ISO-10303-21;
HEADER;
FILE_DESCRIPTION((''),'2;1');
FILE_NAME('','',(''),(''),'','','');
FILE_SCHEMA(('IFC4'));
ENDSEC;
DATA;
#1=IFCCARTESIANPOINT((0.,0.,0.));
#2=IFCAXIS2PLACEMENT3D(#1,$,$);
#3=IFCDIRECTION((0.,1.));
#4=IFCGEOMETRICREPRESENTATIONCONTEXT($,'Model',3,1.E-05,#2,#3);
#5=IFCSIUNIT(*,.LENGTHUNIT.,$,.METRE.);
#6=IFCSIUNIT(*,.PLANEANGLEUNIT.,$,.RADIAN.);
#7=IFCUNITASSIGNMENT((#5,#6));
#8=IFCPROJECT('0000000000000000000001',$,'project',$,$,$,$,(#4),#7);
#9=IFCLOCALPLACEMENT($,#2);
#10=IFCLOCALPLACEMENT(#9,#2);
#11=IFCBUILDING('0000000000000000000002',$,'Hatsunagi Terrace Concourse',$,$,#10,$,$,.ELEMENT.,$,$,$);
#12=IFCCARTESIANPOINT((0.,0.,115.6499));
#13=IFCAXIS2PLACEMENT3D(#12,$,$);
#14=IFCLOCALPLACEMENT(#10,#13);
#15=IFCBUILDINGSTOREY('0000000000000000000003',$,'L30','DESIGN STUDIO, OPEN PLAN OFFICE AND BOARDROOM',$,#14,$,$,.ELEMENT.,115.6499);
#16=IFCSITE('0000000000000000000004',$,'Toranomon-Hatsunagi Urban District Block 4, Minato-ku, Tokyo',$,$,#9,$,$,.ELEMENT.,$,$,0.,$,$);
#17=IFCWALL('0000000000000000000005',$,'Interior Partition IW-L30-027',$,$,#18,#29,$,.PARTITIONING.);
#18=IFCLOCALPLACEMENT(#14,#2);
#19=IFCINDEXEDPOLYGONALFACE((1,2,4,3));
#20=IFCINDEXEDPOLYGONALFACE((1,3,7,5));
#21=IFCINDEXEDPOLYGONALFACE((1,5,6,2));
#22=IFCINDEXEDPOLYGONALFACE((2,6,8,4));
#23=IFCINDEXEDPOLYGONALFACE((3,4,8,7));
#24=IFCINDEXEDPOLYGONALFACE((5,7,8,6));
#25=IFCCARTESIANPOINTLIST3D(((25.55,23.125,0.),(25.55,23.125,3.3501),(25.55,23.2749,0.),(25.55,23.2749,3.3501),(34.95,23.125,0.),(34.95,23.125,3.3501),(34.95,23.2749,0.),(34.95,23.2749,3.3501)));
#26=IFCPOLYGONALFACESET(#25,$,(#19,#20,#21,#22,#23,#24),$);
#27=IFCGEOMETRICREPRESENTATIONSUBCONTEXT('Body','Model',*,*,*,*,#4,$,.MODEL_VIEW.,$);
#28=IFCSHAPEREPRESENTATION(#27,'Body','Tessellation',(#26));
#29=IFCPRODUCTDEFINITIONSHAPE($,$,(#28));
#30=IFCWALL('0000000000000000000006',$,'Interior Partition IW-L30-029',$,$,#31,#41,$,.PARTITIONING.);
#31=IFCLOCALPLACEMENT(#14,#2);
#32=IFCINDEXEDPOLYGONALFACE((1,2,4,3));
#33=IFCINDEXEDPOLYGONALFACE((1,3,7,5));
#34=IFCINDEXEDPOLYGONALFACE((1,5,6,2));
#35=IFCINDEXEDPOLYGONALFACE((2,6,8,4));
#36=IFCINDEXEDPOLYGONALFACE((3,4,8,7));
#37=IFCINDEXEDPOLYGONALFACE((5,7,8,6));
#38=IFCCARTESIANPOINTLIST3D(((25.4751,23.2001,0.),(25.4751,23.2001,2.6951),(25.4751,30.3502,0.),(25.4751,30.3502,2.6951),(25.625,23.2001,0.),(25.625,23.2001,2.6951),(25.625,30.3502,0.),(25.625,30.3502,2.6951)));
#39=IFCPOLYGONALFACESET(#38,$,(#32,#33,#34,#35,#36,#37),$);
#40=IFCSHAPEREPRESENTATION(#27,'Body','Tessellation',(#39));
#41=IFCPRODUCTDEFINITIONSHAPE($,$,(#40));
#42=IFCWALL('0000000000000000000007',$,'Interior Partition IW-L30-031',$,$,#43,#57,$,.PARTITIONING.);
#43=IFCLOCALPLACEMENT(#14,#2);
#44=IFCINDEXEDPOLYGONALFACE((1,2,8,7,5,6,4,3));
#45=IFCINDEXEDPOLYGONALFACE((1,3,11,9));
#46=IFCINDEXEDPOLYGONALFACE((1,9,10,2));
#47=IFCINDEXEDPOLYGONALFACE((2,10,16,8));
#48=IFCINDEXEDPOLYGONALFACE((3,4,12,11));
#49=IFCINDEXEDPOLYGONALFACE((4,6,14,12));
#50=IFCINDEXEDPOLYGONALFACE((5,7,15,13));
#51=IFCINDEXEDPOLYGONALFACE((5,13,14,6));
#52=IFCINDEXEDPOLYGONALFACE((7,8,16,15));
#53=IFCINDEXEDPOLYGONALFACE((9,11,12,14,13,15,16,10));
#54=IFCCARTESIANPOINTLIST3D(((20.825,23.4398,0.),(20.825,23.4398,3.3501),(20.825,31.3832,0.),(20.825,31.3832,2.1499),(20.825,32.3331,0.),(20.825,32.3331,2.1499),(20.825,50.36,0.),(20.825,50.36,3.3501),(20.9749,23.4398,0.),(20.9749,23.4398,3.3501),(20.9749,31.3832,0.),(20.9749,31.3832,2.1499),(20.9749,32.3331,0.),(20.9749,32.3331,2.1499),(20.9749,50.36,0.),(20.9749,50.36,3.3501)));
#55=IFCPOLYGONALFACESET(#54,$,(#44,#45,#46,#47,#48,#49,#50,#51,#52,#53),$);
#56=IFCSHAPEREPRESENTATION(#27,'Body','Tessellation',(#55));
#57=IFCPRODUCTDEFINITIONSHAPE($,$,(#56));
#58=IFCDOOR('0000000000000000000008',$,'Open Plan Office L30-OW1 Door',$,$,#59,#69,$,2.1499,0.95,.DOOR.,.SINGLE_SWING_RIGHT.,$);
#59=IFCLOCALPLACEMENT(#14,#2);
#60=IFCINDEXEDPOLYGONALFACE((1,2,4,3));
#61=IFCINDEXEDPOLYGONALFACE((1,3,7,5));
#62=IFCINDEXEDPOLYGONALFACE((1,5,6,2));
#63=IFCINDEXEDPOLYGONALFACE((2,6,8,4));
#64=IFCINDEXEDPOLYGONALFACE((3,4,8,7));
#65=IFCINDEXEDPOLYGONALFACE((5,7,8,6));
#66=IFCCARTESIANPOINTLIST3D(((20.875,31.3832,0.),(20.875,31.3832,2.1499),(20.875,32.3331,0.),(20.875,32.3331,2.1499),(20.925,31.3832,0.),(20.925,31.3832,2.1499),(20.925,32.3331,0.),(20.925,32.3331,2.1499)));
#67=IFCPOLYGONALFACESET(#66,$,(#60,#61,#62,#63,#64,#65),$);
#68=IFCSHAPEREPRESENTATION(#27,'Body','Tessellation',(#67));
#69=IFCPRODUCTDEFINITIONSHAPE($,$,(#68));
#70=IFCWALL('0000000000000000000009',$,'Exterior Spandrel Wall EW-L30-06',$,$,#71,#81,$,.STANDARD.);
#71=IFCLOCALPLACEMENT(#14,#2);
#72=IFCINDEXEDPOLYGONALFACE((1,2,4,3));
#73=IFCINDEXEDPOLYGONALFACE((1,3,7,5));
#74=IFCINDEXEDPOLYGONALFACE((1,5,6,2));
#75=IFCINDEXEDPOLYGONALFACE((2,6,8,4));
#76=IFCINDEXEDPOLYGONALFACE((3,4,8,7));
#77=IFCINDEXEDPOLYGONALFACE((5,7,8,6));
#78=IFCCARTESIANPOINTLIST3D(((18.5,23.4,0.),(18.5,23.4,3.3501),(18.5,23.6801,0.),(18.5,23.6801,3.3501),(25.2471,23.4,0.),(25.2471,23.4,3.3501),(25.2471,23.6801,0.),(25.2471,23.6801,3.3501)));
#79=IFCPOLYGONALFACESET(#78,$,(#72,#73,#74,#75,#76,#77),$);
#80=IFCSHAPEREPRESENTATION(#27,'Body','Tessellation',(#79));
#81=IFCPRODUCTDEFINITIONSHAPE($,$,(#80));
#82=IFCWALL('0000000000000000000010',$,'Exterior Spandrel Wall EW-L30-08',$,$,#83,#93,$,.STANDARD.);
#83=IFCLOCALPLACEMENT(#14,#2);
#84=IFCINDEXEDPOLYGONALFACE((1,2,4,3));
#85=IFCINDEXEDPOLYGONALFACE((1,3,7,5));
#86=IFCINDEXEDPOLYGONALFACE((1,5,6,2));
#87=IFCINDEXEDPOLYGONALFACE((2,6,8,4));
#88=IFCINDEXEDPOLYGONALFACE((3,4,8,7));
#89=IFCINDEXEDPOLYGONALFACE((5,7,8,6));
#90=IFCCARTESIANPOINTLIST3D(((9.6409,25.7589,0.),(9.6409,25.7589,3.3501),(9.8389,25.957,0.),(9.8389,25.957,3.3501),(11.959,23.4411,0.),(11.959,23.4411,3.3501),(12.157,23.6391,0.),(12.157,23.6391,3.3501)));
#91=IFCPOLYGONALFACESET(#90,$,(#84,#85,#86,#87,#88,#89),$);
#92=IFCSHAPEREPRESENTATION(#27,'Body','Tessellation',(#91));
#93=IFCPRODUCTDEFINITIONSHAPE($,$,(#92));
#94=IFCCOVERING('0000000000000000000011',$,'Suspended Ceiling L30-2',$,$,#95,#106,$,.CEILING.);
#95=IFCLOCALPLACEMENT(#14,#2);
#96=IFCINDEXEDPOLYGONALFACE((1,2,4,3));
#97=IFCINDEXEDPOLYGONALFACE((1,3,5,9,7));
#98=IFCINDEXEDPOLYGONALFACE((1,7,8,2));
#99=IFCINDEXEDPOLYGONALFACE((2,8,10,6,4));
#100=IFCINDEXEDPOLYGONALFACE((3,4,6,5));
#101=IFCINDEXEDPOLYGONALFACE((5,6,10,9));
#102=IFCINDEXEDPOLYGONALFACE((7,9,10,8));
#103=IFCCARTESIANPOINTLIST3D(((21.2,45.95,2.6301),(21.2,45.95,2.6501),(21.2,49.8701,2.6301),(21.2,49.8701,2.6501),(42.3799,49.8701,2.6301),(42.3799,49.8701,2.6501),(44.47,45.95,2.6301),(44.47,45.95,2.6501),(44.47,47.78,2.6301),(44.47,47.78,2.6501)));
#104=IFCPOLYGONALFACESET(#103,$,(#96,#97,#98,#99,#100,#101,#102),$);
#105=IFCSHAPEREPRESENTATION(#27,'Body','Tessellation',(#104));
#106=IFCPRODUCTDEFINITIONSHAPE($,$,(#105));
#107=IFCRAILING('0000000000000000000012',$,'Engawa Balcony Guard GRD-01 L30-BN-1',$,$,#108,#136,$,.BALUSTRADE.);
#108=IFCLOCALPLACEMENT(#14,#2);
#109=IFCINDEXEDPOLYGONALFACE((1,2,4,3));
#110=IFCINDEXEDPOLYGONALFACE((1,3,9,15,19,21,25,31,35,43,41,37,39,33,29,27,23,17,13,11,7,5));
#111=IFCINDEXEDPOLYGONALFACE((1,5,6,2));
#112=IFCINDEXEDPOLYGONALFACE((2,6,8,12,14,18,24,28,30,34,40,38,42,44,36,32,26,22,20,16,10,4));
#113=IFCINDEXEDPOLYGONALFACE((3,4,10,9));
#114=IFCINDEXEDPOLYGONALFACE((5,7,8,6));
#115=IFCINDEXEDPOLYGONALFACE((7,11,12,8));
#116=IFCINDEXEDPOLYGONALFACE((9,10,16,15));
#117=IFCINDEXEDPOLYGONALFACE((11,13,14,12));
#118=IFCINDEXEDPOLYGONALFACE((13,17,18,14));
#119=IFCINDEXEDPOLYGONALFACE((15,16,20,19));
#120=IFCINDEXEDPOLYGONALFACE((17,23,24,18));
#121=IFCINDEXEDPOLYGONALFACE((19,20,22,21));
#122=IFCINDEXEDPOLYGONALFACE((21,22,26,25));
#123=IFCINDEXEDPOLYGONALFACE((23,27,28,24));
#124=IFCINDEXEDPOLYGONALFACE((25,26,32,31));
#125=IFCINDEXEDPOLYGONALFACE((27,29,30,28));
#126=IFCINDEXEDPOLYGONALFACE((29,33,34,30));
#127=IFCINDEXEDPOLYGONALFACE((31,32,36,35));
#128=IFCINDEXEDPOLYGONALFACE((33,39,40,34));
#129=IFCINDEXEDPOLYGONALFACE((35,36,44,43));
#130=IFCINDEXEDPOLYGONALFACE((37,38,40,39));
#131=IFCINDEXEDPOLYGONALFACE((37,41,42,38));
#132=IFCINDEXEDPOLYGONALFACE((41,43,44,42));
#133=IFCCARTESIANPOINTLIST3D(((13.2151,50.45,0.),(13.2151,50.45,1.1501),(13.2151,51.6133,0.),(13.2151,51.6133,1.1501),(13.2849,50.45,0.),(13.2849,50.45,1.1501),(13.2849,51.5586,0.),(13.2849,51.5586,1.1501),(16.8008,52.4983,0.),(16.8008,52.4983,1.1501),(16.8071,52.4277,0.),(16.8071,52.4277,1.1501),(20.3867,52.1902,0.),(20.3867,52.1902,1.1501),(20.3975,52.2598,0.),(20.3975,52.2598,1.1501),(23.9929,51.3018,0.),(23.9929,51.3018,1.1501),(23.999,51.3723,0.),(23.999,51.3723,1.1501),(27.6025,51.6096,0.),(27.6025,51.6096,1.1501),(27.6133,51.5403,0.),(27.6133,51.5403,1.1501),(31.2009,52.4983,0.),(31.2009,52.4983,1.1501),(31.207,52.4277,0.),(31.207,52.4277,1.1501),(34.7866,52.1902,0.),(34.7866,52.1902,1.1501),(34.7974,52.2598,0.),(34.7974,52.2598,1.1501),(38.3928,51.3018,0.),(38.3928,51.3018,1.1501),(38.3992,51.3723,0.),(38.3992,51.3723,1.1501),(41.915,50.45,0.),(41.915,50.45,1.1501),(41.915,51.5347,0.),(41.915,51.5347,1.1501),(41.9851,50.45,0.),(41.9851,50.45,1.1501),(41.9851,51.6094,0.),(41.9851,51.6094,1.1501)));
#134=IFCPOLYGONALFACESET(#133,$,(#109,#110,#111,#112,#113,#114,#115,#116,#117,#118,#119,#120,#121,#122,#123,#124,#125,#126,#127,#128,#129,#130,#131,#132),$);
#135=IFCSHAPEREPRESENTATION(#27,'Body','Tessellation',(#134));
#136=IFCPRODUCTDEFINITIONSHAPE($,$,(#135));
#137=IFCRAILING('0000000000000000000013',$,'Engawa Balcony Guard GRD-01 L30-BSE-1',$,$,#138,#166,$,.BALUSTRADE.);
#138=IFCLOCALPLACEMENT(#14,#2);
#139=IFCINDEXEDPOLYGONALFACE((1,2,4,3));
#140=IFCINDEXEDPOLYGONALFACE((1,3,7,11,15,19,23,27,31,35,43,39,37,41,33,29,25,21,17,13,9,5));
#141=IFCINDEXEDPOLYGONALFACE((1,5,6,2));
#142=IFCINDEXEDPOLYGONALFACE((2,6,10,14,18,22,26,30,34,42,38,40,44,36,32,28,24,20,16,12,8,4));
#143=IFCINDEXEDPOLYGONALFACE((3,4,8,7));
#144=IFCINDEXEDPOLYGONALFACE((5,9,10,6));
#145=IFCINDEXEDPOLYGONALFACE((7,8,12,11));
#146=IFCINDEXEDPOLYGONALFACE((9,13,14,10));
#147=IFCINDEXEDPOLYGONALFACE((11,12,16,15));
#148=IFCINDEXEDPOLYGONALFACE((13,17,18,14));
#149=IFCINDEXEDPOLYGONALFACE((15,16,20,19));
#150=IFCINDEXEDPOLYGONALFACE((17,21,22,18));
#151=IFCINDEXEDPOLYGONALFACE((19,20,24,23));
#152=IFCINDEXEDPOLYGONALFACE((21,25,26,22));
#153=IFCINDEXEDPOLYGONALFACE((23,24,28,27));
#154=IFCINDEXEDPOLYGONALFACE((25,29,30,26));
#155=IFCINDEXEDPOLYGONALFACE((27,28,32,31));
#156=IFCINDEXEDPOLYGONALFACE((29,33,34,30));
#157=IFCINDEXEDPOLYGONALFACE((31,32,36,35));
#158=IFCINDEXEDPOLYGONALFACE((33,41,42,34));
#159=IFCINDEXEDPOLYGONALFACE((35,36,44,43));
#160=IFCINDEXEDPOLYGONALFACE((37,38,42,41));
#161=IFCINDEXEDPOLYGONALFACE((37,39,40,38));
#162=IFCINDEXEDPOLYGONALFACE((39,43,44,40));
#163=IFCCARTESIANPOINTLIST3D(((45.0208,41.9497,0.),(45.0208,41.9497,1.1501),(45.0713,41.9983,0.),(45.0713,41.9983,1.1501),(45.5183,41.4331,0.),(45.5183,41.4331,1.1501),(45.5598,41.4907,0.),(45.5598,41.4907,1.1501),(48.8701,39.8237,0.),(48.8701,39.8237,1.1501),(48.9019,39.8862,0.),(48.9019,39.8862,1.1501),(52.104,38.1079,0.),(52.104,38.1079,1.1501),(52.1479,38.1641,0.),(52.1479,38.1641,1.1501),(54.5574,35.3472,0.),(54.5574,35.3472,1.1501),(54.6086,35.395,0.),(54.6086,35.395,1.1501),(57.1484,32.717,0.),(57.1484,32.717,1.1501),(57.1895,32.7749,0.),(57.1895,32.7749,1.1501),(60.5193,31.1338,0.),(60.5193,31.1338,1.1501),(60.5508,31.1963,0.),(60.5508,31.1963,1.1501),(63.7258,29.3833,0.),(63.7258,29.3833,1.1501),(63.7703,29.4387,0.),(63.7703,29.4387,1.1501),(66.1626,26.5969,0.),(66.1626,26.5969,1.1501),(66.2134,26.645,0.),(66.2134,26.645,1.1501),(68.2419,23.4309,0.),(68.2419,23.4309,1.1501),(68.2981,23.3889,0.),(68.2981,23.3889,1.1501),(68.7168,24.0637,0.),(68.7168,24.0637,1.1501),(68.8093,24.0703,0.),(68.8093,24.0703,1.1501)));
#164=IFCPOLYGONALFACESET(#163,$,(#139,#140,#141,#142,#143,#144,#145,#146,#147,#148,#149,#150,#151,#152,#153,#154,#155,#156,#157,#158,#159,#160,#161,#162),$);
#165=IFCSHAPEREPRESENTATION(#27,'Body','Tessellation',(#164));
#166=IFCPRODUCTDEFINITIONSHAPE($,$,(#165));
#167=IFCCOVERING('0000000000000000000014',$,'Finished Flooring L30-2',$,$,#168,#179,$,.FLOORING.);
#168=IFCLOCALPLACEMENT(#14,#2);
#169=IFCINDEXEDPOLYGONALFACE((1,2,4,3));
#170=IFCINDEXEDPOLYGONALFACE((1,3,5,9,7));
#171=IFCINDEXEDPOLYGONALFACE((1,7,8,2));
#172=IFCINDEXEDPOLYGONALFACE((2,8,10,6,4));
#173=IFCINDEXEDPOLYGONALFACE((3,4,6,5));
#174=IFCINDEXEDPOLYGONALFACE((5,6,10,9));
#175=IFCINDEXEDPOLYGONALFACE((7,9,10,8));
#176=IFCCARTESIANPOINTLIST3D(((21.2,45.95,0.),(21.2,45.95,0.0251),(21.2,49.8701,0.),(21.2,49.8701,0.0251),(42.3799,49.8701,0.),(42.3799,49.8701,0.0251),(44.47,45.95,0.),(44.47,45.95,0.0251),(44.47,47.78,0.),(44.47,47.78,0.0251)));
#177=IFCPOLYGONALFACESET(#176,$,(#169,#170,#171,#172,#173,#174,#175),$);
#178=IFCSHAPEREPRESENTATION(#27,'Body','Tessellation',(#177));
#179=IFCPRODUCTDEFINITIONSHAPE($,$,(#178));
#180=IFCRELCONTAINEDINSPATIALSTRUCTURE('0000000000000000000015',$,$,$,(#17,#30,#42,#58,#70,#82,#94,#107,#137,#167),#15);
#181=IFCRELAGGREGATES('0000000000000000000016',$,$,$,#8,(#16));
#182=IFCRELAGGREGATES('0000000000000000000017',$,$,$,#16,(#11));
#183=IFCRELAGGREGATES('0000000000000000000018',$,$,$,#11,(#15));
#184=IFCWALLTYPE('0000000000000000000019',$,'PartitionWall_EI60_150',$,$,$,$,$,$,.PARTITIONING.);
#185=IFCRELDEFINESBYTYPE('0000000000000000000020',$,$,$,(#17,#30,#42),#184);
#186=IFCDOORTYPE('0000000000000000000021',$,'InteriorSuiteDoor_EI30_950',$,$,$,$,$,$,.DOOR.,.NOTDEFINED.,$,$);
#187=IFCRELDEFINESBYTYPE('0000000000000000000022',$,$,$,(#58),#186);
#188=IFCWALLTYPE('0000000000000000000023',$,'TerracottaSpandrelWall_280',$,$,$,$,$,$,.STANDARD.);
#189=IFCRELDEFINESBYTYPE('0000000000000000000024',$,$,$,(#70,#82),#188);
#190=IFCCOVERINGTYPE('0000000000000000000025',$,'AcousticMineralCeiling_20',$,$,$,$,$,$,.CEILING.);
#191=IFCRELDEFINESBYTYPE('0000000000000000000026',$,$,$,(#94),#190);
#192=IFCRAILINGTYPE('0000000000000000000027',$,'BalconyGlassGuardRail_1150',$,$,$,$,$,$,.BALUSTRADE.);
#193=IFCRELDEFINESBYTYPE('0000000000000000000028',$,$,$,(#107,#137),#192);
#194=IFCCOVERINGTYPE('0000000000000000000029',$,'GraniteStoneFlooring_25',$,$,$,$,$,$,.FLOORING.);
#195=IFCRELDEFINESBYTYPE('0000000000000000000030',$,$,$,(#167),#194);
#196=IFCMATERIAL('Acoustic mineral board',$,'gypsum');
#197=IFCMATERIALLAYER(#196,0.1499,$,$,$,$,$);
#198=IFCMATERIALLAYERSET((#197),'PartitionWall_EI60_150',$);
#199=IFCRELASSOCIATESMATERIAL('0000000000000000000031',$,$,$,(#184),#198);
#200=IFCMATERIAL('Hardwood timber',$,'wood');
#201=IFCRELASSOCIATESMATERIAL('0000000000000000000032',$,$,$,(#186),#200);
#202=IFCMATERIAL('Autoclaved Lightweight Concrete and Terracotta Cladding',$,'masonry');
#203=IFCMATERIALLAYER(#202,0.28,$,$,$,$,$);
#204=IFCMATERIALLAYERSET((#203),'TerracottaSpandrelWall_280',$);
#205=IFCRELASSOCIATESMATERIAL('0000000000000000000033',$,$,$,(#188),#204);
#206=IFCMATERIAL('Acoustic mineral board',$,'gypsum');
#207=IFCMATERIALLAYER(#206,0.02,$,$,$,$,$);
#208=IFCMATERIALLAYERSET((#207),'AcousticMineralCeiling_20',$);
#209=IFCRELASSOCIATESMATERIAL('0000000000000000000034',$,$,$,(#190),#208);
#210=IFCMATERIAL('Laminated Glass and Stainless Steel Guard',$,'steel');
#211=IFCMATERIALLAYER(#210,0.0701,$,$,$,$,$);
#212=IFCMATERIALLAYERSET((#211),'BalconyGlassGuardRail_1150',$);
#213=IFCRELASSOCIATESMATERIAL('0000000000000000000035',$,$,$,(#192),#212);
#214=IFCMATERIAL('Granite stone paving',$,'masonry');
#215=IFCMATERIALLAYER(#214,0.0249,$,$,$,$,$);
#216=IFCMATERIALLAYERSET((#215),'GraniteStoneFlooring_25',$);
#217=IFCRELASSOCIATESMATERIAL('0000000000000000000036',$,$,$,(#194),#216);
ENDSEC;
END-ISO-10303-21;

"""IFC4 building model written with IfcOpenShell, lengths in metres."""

from ifc_helpers import new_model, si_unit, direction, frame, frame_2d, origin, place, context, subcontext, project, spatial, polyline, rectangle, outline, extrude, material, layer, layer_set, type_object, element, fill, save


model = new_model("IFC4")

# Units and contexts
model_context = context("Model", 3, precision=1e-05, world=origin(), true_north=direction((0.0, 1.0)))
body_context = subcontext(model_context, "Body", "Model", "MODEL_VIEW")
ifc_project = project(units=[si_unit("LENGTHUNIT", "METRE"), si_unit("PLANEANGLEUNIT", "RADIAN")], contexts=[model_context])

# Site, building, storey
site_placement = place(None, origin())
site = spatial("IfcSite", under=ifc_project, at=site_placement, Name="Toranomon-Hatsunagi Urban District Block 4, Minato-ku, Tokyo", CompositionType="ELEMENT", RefElevation=0.0)
building_placement = place(site_placement, origin())
building = spatial("IfcBuilding", under=site, at=building_placement, Name="Hatsunagi Terrace Concourse", CompositionType="ELEMENT")
storey_placement = place(building_placement, frame((0.0, 0.0, 115.6499)))
storey = spatial("IfcBuildingStorey", under=building, at=storey_placement, Name="L30", Description="DESIGN STUDIO, OPEN PLAN OFFICE AND BOARDROOM", CompositionType="ELEMENT", Elevation=115.6499)

# Walls
ifc_material_1 = material(Name="Acoustic mineral board", Category="gypsum")
ifc_layer_1 = layer(ifc_material_1, 0.1499)
ifc_layer_set_1 = layer_set([ifc_layer_1], Name="PartitionWall_EI60_150")
wall_type_1 = type_object("IfcWallType", Name="PartitionWall_EI60_150", PredefinedType="PARTITIONING", material=ifc_layer_set_1)
wall_1_placement = place(storey_placement, frame((25.55, 23.2, 0.0), z_axis=(0.0, 0.0, 1.0), x_axis=(1.0, 0.0, 0.0)))
element("IfcWall", 1, at=wall_1_placement, inside=storey, type_object=wall_type_1, Name="Interior Partition IW-L30-027", PredefinedType="PARTITIONING", context=body_context, shape_type="SweptSolid", body=[
    extrude(rectangle(XDim=9.3999, YDim=0.1499, at=frame_2d((4.7, 0.0))), origin(), (0.0, 0.0, 1.0), 3.3501),
])
wall_2_placement = place(storey_placement, frame((25.55, 23.2, 0.0), z_axis=(0.0, 0.0, 1.0), x_axis=(0.0, 1.0, 0.0)))
element("IfcWall", 2, at=wall_2_placement, inside=storey, type_object=wall_type_1, Name="Interior Partition IW-L30-029", PredefinedType="PARTITIONING", context=body_context, shape_type="SweptSolid", body=[
    extrude(rectangle(XDim=7.1501, YDim=0.1499, at=frame_2d((3.5752, 0.0))), origin(), (0.0, 0.0, 1.0), 2.6951),
])

# Wall, opening, door
wall_3_placement = place(storey_placement, frame((20.8999, 23.4399, 0.0), z_axis=(0.0, 0.0, 1.0), x_axis=(0.0, 1.0, 0.0)))
wall_3 = element("IfcWall", 3, at=wall_3_placement, inside=storey, type_object=wall_type_1, Name="Interior Partition IW-L30-031", PredefinedType="PARTITIONING", context=body_context, shape_type="SweptSolid", body=[
    extrude(rectangle(XDim=26.9202, YDim=0.1499, at=frame_2d((13.46, 0.0))), origin(), (0.0, 0.0, 1.0), 3.3501),
])
opening_placement = place(wall_3_placement, frame((7.9431, 0.0, 0.0)))
opening = element("IfcOpeningElement", 4, at=opening_placement, cuts=wall_3, PredefinedType="OPENING", context=body_context, shape_type="SweptSolid", body=[
    extrude(rectangle(XDim=0.95, YDim=2.1499, at=frame_2d((0.4751, 1.075))), frame((0.0, 0.085, 0.0), z_axis=(0.0, -1.0, 0.0), x_axis=(1.0, 0.0, 0.0)), (0.0, 0.0, 1.0), 0.1699),
])
ifc_material_2 = material(Name="Hardwood timber", Category="wood")
door_type = type_object("IfcDoorType", Name="InteriorSuiteDoor_EI30_950", OperationType="NOTDEFINED", PredefinedType="DOOR", material=ifc_material_2)
door_placement = place(opening_placement, origin())
door = element("IfcDoor", 5, at=door_placement, inside=storey, type_object=door_type, Name="Open Plan Office L30-OW1 Door", OperationType="SINGLE_SWING_RIGHT", OverallHeight=2.1499, OverallWidth=0.95, PredefinedType="DOOR", context=body_context, shape_type="SweptSolid", body=[
    extrude(rectangle(XDim=0.95, YDim=2.1499, at=frame_2d((0.4751, 1.075))), frame((0.0, 0.0249, 0.0), z_axis=(0.0, -1.0, 0.0), x_axis=(1.0, 0.0, 0.0)), (0.0, 0.0, 1.0), 0.05),
])
fill(opening, door)

# Walls
ifc_material_3 = material(Name="Autoclaved Lightweight Concrete and Terracotta Cladding", Category="masonry")
ifc_layer_2 = layer(ifc_material_3, 0.28)
ifc_layer_set_2 = layer_set([ifc_layer_2], Name="TerracottaSpandrelWall_280")
wall_type_2 = type_object("IfcWallType", Name="TerracottaSpandrelWall_280", PredefinedType="STANDARD", material=ifc_layer_set_2)
wall_4_placement = place(storey_placement, frame((25.2471, 23.54, 0.0), z_axis=(0.0, 0.0, 1.0), x_axis=(-1.0, 0.0, 0.0)))
element("IfcWall", 6, at=wall_4_placement, inside=storey, type_object=wall_type_2, Name="Exterior Spandrel Wall EW-L30-06", PredefinedType="STANDARD", context=body_context, shape_type="SweptSolid", body=[
    extrude(rectangle(XDim=6.7471, YDim=0.28, at=frame_2d((3.3735, 0.0))), origin(), (0.0, 0.0, 1.0), 3.3501),
])
wall_5_placement = place(storey_placement, frame((12.0581, 23.54, 0.0), z_axis=(0.0, 0.0, 1.0), x_axis=(-0.707144, 0.70707, 0.0)))
element("IfcWall", 7, at=wall_5_placement, inside=storey, type_object=wall_type_2, Name="Exterior Spandrel Wall EW-L30-08", PredefinedType="STANDARD", context=body_context, shape_type="SweptSolid", body=[
    extrude(rectangle(XDim=3.2781, YDim=0.28, at=frame_2d((1.6392, 0.0))), origin(), (0.0, 0.0, 1.0), 3.3501),
])

# Covering
ifc_material_4 = material(Name="Acoustic mineral board", Category="gypsum")
ifc_layer_3 = layer(ifc_material_4, 0.02)
ifc_layer_set_3 = layer_set([ifc_layer_3], Name="AcousticMineralCeiling_20")
covering_type_1 = type_object("IfcCoveringType", Name="AcousticMineralCeiling_20", PredefinedType="CEILING", material=ifc_layer_set_3)
covering_1_placement = place(storey_placement, frame((0.0, 0.0, 2.6301)))
element("IfcCovering", 8, at=covering_1_placement, inside=storey, type_object=covering_type_1, Name="Suspended Ceiling L30-2", PredefinedType="CEILING", context=body_context, shape_type="SweptSolid", body=[
    extrude(outline(polyline([(42.3799, 49.8701), (21.2, 49.8701), (21.2, 45.95), (44.47, 45.95), (44.47, 47.78), (42.3799, 49.8701)])), origin(), (0.0, 0.0, 1.0), 0.02),
])

# Railings
ifc_material_5 = material(Name="Laminated Glass and Stainless Steel Guard", Category="steel")
ifc_layer_4 = layer(ifc_material_5, 0.0701)
ifc_layer_set_4 = layer_set([ifc_layer_4], Name="BalconyGlassGuardRail_1150")
railing_type = type_object("IfcRailingType", Name="BalconyGlassGuardRail_1150", PredefinedType="BALUSTRADE", material=ifc_layer_set_4)
railing_1_placement = place(storey_placement, origin())
element("IfcRailing", 9, at=railing_1_placement, inside=storey, type_object=railing_type, Name="Engawa Balcony Guard GRD-01 L30-BN-1", PredefinedType="BALUSTRADE", context=body_context, shape_type="SweptSolid", body=[
    extrude(outline(polyline([(13.2151, 50.45), (13.2849, 50.45), (13.2849, 51.5586), (16.8071, 52.4277), (20.3867, 52.1902), (23.9929, 51.3018), (27.6133, 51.5403), (31.207, 52.4277), (34.7866, 52.1902), (38.3928, 51.3018), (41.915, 51.5347), (41.915, 50.45), (41.9851, 50.45), (41.9851, 51.6094), (38.3992, 51.3723), (34.7974, 52.2598), (31.2009, 52.4983), (27.6025, 51.6096), (23.999, 51.3723), (20.3975, 52.2598), (16.8008, 52.4983), (13.2151, 51.6133), (13.2151, 50.45)])), origin(), (0.0, 0.0, 1.0), 1.1501),
])
railing_2_placement = place(storey_placement, origin())
element("IfcRailing", 10, at=railing_2_placement, inside=storey, type_object=railing_type, Name="Engawa Balcony Guard GRD-01 L30-BSE-1", PredefinedType="BALUSTRADE", context=body_context, shape_type="SweptSolid", body=[
    extrude(outline(polyline([(45.0713, 41.9983), (45.0208, 41.9497), (45.5183, 41.4331), (48.8701, 39.8237), (52.104, 38.1079), (54.5574, 35.3472), (57.1484, 32.717), (60.5193, 31.1338), (63.7258, 29.3833), (66.1626, 26.5969), (68.7168, 24.0637), (68.2419, 23.4309), (68.2981, 23.3889), (68.8093, 24.0703), (66.2134, 26.645), (63.7703, 29.4387), (60.5508, 31.1963), (57.1895, 32.7749), (54.6086, 35.395), (52.1479, 38.1641), (48.9019, 39.8862), (45.5598, 41.4907), (45.0713, 41.9983)])), origin(), (0.0, 0.0, 1.0), 1.1501),
])

# Covering
ifc_material_6 = material(Name="Granite stone paving", Category="masonry")
ifc_layer_5 = layer(ifc_material_6, 0.0249)
ifc_layer_set_5 = layer_set([ifc_layer_5], Name="GraniteStoneFlooring_25")
covering_type_2 = type_object("IfcCoveringType", Name="GraniteStoneFlooring_25", PredefinedType="FLOORING", material=ifc_layer_set_5)
covering_2_placement = place(storey_placement, origin())
element("IfcCovering", 11, at=covering_2_placement, inside=storey, type_object=covering_type_2, Name="Finished Flooring L30-2", PredefinedType="FLOORING", context=body_context, shape_type="SweptSolid", body=[
    extrude(outline(polyline([(42.3799, 49.8701), (21.2, 49.8701), (21.2, 45.95), (44.47, 45.95), (44.47, 47.78), (42.3799, 49.8701)])), origin(), (0.0, 0.0, 1.0), 0.0251),
])

save(model, "model.ifc")
